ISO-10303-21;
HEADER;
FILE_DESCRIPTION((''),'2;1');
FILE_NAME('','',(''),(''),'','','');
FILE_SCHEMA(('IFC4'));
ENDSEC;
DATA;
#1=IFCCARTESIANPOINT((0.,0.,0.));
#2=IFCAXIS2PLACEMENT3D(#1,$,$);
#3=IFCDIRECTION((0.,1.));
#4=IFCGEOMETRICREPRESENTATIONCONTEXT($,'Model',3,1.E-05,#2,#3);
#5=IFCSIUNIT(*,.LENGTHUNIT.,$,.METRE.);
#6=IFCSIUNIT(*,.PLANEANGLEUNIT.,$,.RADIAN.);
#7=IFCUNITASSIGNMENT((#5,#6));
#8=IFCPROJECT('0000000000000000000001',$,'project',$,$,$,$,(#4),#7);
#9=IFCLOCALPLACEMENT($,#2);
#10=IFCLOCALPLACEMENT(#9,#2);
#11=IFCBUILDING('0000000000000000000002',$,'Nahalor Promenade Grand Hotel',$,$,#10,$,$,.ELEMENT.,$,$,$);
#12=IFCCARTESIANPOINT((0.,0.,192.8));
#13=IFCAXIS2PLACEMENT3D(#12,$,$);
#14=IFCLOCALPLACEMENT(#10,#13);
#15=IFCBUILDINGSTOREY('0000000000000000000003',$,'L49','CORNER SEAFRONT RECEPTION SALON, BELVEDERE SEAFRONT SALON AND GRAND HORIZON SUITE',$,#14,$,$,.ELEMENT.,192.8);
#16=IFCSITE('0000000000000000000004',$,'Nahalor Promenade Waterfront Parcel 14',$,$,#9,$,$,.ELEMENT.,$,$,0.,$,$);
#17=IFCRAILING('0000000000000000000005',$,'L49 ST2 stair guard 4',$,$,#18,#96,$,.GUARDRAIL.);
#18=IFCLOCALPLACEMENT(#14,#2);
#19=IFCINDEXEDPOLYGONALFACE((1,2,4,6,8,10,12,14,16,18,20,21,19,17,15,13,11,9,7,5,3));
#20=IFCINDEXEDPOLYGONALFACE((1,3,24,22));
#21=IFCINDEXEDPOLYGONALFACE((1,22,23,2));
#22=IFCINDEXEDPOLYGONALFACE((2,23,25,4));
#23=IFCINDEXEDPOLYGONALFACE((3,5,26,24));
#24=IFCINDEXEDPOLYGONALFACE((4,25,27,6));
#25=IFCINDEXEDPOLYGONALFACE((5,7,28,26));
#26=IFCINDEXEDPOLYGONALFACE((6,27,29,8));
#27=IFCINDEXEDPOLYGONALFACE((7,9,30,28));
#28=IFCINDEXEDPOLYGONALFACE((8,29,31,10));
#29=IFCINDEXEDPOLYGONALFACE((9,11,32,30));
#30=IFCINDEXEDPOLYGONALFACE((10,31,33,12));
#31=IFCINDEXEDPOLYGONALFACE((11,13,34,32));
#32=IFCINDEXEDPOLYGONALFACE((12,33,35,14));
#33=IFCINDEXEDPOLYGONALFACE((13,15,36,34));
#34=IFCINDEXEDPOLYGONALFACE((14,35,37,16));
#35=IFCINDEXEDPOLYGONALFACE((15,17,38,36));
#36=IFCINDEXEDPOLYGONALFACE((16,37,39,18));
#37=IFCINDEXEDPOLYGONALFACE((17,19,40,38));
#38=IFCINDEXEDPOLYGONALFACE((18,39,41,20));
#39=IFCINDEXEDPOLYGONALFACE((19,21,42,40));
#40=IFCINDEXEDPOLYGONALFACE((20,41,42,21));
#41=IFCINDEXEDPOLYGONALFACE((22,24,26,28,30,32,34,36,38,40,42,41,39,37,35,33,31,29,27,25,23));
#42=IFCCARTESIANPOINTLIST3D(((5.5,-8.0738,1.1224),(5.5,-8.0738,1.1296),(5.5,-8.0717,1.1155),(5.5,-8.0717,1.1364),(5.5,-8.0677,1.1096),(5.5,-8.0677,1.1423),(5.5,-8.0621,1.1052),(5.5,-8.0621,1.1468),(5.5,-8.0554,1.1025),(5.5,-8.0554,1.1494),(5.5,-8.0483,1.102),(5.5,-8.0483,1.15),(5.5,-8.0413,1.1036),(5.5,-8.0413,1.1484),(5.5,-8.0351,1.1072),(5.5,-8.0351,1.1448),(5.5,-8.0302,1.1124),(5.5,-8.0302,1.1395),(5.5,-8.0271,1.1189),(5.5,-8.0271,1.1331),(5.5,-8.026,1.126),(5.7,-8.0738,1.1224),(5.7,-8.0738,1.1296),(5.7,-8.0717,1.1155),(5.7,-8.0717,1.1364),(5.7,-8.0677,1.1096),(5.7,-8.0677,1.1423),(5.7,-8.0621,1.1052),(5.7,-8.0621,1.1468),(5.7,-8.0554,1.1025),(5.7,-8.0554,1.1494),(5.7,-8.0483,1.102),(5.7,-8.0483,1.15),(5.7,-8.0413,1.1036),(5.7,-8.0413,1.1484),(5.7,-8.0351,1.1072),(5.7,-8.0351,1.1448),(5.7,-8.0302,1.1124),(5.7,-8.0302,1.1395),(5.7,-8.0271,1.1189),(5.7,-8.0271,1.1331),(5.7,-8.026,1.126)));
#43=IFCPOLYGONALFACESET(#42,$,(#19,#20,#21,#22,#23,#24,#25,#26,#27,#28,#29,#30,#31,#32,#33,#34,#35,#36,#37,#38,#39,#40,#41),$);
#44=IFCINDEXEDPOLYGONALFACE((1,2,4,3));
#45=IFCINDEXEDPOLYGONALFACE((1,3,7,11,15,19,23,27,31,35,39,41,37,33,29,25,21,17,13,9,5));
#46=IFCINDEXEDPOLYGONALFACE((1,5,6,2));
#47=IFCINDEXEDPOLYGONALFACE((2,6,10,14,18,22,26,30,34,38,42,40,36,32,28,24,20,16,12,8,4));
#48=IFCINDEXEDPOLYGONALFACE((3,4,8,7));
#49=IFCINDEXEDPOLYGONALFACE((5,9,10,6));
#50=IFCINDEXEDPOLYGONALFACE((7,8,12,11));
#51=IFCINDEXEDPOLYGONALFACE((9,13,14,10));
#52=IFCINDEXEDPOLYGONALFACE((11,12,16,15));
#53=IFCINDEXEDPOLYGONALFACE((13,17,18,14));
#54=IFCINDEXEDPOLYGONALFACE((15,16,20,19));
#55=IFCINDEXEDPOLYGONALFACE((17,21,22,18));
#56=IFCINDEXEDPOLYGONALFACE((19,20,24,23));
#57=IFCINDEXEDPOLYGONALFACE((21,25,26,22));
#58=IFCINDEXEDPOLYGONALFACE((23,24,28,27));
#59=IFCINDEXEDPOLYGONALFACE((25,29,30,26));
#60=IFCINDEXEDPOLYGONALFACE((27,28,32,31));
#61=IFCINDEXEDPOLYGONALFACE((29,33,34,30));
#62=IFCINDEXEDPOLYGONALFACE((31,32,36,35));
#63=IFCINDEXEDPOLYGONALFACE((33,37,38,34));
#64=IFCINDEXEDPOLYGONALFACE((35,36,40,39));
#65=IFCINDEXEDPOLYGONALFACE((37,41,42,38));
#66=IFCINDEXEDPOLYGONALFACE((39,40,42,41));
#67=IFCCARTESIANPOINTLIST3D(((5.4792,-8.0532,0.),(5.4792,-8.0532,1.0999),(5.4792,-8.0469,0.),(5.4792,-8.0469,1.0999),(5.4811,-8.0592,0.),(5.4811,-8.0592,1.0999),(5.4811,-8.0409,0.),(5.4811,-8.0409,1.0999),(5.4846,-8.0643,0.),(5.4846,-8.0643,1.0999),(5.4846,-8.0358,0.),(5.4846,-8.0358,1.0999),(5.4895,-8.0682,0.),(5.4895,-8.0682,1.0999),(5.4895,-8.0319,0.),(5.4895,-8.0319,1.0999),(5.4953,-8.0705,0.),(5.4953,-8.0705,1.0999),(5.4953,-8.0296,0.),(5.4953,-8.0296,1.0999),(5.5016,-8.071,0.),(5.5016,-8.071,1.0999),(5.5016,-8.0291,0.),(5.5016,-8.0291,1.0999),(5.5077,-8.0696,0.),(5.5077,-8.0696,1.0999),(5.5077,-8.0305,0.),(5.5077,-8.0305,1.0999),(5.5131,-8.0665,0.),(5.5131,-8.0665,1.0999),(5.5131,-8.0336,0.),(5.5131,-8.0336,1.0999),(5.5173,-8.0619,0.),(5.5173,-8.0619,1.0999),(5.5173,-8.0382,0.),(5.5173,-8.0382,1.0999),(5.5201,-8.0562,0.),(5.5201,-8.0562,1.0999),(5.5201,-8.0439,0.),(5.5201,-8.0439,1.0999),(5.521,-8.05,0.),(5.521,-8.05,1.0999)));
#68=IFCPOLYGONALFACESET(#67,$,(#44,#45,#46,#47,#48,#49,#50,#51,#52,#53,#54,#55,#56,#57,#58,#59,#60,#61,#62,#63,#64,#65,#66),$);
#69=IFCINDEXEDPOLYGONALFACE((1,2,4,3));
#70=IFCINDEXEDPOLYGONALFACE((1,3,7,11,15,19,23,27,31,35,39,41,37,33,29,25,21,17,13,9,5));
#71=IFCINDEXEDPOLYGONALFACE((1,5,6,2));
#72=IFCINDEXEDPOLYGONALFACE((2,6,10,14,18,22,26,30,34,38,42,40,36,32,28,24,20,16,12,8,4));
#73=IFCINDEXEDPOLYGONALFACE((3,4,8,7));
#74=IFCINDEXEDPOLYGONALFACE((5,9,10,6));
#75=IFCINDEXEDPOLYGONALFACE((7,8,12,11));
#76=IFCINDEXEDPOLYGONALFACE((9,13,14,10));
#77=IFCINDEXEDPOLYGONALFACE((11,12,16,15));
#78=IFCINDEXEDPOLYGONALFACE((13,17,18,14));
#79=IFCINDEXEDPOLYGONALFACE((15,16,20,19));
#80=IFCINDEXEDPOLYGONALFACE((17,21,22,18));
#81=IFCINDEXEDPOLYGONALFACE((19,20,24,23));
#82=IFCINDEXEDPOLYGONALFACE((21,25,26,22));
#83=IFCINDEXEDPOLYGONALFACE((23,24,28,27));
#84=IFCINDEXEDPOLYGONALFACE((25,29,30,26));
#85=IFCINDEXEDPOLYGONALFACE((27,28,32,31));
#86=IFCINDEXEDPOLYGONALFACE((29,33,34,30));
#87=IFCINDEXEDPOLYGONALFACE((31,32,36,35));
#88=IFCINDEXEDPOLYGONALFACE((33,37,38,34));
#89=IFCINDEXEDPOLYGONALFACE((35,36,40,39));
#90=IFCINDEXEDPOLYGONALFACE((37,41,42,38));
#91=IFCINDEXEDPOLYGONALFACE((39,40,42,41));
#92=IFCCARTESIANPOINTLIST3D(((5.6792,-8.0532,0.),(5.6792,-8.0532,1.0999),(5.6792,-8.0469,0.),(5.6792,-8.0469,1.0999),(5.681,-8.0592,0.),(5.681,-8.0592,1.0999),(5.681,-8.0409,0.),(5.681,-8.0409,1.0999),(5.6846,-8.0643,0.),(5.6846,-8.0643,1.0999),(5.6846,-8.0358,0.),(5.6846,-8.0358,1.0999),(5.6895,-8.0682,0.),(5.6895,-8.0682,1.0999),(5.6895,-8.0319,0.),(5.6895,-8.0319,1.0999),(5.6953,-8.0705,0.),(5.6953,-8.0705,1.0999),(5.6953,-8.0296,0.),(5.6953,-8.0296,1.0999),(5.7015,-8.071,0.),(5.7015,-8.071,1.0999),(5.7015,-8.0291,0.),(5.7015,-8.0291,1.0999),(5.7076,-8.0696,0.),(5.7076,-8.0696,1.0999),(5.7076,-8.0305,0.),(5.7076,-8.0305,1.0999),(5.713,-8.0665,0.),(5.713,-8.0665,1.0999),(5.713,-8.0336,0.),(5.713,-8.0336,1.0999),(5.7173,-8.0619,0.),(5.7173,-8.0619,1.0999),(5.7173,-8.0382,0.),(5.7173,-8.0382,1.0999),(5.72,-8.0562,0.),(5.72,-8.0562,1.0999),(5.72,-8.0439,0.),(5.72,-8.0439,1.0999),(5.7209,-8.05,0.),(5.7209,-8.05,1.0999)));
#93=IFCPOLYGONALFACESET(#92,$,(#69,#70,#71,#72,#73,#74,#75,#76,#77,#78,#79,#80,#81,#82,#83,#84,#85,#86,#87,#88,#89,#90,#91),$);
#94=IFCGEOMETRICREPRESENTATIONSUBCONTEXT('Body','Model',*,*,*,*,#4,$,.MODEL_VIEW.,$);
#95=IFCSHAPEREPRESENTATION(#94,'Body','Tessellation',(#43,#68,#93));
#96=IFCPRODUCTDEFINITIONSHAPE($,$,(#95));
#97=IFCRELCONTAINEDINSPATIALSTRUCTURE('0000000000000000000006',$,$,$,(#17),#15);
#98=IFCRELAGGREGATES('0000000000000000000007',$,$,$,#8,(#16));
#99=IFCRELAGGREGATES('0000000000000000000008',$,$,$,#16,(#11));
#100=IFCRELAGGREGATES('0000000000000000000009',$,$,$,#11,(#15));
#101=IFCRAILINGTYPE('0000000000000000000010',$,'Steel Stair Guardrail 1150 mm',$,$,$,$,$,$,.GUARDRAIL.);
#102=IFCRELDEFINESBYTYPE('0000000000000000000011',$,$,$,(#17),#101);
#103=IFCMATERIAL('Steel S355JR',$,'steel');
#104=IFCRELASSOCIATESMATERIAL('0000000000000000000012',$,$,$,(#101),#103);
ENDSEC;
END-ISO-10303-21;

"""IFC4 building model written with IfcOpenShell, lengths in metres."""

from ifc_helpers import new_model, si_unit, direction, frame, origin, origin_2d, place, context, subcontext, project, spatial, circle, extrude, material, type_object, element, save


model = new_model("IFC4")

# Units and contexts
model_context = context("Model", 3, precision=1e-05, world=origin(), true_north=direction((0.0, 1.0)))
body_context = subcontext(model_context, "Body", "Model", "MODEL_VIEW")
ifc_project = project(units=[si_unit("LENGTHUNIT", "METRE"), si_unit("PLANEANGLEUNIT", "RADIAN")], contexts=[model_context])

# Site, building, storey
site_placement = place(None, origin())
site = spatial("IfcSite", under=ifc_project, at=site_placement, Name="Nahalor Promenade Waterfront Parcel 14", CompositionType="ELEMENT", RefElevation=0.0)
building_placement = place(site_placement, origin())
building = spatial("IfcBuilding", under=site, at=building_placement, Name="Nahalor Promenade Grand Hotel", CompositionType="ELEMENT")
storey_placement = place(building_placement, frame((0.0, 0.0, 192.8)))
storey = spatial("IfcBuildingStorey", under=building, at=storey_placement, Name="L49", Description="CORNER SEAFRONT RECEPTION SALON, BELVEDERE SEAFRONT SALON AND GRAND HORIZON SUITE", CompositionType="ELEMENT", Elevation=192.8)

# Shared definitions
ifc_material_1 = material(Name="Steel S355JR", Category="steel")

# Railing
railing_type_1 = type_object("IfcRailingType", Name="Steel Stair Guardrail 1150 mm", PredefinedType="GUARDRAIL", material=ifc_material_1)
railing_1_placement = place(storey_placement, frame((5.5, -8.05, 0.0)))
element("IfcRailing", 1, at=railing_1_placement, inside=storey, type_object=railing_type_1, Name="L49 ST2 stair guard 4", PredefinedType="GUARDRAIL", context=body_context, shape_type="SweptSolid", body=[
    extrude(circle(Radius=0.024, at=origin_2d()), frame((0.0, 0.0, 1.126), z_axis=(1.0, 0.0, 0.0), x_axis=(0.0, 1.0, 0.0)), (0.0, 0.0, 1.0), 0.2),
    extrude(circle(Radius=0.021, at=origin_2d()), origin(), (0.0, 0.0, 1.0), 1.0999),
    extrude(circle(Radius=0.021, at=origin_2d()), frame((0.2, 0.0, 0.0)), (0.0, 0.0, 1.0), 1.0999),
])

save(model, "model.ifc")
